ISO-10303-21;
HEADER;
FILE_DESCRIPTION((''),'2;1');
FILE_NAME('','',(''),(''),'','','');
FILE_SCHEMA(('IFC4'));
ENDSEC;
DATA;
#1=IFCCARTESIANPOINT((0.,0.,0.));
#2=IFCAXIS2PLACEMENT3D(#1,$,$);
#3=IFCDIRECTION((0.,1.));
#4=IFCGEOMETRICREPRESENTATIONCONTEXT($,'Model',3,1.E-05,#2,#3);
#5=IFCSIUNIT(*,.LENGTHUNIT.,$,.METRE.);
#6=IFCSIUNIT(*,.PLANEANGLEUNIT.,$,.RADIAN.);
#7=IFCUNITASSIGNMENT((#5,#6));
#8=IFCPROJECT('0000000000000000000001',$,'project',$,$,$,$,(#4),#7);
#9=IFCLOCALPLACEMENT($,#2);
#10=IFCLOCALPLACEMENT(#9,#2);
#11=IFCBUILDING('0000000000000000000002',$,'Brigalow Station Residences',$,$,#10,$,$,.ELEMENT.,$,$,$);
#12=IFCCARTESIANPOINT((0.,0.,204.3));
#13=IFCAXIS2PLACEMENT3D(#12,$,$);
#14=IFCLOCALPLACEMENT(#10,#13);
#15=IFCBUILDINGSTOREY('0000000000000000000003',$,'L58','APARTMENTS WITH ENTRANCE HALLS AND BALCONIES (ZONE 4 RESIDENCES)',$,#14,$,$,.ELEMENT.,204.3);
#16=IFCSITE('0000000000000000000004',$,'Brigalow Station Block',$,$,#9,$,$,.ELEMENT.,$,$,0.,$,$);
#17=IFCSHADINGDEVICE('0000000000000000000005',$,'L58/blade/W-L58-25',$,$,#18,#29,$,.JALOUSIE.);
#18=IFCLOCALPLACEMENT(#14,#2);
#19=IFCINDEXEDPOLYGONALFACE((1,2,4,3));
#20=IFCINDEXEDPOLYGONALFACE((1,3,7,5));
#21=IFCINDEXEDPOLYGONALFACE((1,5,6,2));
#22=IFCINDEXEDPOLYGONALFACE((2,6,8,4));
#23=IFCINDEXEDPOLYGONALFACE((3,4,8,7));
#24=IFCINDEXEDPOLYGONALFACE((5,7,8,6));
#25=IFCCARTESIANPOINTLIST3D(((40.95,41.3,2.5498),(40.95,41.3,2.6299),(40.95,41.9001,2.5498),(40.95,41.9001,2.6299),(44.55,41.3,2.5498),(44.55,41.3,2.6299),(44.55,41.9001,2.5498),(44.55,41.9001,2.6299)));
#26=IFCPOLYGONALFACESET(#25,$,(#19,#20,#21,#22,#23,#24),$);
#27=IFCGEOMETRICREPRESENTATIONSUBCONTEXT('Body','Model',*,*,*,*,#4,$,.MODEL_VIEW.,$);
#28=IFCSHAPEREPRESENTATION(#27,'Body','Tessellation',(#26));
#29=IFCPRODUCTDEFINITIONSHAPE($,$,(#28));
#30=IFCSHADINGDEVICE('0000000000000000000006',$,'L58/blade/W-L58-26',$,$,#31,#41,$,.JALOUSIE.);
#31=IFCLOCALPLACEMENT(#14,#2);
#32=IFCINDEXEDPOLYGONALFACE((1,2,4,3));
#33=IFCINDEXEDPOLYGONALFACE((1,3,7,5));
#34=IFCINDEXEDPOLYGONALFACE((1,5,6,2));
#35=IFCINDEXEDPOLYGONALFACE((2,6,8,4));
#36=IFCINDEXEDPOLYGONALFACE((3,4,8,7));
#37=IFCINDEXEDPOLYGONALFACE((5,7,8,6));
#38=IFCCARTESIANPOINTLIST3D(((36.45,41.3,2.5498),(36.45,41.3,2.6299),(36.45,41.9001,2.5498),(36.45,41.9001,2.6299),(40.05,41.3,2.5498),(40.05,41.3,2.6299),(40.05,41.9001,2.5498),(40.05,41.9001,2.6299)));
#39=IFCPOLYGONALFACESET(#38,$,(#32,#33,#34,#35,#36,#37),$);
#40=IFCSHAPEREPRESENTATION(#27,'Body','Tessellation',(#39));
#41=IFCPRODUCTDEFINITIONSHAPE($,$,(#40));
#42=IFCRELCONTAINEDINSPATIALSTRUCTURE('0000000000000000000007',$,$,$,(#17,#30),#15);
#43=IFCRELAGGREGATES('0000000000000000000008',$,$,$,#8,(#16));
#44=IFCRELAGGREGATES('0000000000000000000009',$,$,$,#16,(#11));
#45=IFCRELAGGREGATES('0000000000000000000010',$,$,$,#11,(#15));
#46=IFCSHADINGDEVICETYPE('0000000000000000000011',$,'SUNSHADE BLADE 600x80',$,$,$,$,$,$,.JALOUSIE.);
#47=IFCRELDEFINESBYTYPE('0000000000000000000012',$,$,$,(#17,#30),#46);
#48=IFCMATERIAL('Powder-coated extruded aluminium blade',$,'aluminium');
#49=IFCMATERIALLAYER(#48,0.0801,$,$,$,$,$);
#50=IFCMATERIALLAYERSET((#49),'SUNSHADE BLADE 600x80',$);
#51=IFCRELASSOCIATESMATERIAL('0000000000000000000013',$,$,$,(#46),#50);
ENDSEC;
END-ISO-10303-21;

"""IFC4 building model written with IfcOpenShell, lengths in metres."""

from ifc_helpers import new_model, si_unit, direction, frame, origin, origin_2d, place, context, subcontext, project, spatial, rectangle, extrude, material, layer, layer_set, type_object, element, save


model = new_model("IFC4")

# Units and contexts
model_context = context("Model", 3, precision=1e-05, world=origin(), true_north=direction((0.0, 1.0)))
body_context = subcontext(model_context, "Body", "Model", "MODEL_VIEW")
ifc_project = project(units=[si_unit("LENGTHUNIT", "METRE"), si_unit("PLANEANGLEUNIT", "RADIAN")], contexts=[model_context])

# Site, building, storey
site_placement = place(None, origin())
site = spatial("IfcSite", under=ifc_project, at=site_placement, Name="Brigalow Station Block", CompositionType="ELEMENT", RefElevation=0.0)
building_placement = place(site_placement, origin())
building = spatial("IfcBuilding", under=site, at=building_placement, Name="Brigalow Station Residences", CompositionType="ELEMENT")
storey_placement = place(building_placement, frame((0.0, 0.0, 204.3)))
storey = spatial("IfcBuildingStorey", under=building, at=storey_placement, Name="L58", Description="APARTMENTS WITH ENTRANCE HALLS AND BALCONIES (ZONE 4 RESIDENCES)", CompositionType="ELEMENT", Elevation=204.3)

# Shading devices
ifc_material_1 = material(Name="Powder-coated extruded aluminium blade", Category="aluminium")
ifc_layer_1 = layer(ifc_material_1, 0.0801)
ifc_layer_set_1 = layer_set([ifc_layer_1], Name="SUNSHADE BLADE 600x80")
shading_device_type = type_object("IfcShadingDeviceType", Name="SUNSHADE BLADE 600x80", PredefinedType="JALOUSIE", material=ifc_layer_set_1)
for number, where, z_axis, x_axis, name in (
    (1, (42.75, 41.6001, 2.5498), (0.0, 0.0, 1.0), (-1.0, 0.0, 0.0), "L58/blade/W-L58-25"),
    (2, (38.25, 41.6001, 2.5498), (0.0, 0.0, 1.0), (-1.0, 0.0, 0.0), "L58/blade/W-L58-26"),
):
    element("IfcShadingDevice", number, at=place(storey_placement, frame(where, z_axis=z_axis, x_axis=x_axis)), inside=storey, type_object=shading_device_type, Name=name, PredefinedType="JALOUSIE", context=body_context, shape_type="SweptSolid", body=[
        extrude(rectangle(XDim=3.6001, YDim=0.6001, at=origin_2d()), origin(), (0.0, 0.0, 1.0), 0.0801),
    ])

save(model, "model.ifc")
